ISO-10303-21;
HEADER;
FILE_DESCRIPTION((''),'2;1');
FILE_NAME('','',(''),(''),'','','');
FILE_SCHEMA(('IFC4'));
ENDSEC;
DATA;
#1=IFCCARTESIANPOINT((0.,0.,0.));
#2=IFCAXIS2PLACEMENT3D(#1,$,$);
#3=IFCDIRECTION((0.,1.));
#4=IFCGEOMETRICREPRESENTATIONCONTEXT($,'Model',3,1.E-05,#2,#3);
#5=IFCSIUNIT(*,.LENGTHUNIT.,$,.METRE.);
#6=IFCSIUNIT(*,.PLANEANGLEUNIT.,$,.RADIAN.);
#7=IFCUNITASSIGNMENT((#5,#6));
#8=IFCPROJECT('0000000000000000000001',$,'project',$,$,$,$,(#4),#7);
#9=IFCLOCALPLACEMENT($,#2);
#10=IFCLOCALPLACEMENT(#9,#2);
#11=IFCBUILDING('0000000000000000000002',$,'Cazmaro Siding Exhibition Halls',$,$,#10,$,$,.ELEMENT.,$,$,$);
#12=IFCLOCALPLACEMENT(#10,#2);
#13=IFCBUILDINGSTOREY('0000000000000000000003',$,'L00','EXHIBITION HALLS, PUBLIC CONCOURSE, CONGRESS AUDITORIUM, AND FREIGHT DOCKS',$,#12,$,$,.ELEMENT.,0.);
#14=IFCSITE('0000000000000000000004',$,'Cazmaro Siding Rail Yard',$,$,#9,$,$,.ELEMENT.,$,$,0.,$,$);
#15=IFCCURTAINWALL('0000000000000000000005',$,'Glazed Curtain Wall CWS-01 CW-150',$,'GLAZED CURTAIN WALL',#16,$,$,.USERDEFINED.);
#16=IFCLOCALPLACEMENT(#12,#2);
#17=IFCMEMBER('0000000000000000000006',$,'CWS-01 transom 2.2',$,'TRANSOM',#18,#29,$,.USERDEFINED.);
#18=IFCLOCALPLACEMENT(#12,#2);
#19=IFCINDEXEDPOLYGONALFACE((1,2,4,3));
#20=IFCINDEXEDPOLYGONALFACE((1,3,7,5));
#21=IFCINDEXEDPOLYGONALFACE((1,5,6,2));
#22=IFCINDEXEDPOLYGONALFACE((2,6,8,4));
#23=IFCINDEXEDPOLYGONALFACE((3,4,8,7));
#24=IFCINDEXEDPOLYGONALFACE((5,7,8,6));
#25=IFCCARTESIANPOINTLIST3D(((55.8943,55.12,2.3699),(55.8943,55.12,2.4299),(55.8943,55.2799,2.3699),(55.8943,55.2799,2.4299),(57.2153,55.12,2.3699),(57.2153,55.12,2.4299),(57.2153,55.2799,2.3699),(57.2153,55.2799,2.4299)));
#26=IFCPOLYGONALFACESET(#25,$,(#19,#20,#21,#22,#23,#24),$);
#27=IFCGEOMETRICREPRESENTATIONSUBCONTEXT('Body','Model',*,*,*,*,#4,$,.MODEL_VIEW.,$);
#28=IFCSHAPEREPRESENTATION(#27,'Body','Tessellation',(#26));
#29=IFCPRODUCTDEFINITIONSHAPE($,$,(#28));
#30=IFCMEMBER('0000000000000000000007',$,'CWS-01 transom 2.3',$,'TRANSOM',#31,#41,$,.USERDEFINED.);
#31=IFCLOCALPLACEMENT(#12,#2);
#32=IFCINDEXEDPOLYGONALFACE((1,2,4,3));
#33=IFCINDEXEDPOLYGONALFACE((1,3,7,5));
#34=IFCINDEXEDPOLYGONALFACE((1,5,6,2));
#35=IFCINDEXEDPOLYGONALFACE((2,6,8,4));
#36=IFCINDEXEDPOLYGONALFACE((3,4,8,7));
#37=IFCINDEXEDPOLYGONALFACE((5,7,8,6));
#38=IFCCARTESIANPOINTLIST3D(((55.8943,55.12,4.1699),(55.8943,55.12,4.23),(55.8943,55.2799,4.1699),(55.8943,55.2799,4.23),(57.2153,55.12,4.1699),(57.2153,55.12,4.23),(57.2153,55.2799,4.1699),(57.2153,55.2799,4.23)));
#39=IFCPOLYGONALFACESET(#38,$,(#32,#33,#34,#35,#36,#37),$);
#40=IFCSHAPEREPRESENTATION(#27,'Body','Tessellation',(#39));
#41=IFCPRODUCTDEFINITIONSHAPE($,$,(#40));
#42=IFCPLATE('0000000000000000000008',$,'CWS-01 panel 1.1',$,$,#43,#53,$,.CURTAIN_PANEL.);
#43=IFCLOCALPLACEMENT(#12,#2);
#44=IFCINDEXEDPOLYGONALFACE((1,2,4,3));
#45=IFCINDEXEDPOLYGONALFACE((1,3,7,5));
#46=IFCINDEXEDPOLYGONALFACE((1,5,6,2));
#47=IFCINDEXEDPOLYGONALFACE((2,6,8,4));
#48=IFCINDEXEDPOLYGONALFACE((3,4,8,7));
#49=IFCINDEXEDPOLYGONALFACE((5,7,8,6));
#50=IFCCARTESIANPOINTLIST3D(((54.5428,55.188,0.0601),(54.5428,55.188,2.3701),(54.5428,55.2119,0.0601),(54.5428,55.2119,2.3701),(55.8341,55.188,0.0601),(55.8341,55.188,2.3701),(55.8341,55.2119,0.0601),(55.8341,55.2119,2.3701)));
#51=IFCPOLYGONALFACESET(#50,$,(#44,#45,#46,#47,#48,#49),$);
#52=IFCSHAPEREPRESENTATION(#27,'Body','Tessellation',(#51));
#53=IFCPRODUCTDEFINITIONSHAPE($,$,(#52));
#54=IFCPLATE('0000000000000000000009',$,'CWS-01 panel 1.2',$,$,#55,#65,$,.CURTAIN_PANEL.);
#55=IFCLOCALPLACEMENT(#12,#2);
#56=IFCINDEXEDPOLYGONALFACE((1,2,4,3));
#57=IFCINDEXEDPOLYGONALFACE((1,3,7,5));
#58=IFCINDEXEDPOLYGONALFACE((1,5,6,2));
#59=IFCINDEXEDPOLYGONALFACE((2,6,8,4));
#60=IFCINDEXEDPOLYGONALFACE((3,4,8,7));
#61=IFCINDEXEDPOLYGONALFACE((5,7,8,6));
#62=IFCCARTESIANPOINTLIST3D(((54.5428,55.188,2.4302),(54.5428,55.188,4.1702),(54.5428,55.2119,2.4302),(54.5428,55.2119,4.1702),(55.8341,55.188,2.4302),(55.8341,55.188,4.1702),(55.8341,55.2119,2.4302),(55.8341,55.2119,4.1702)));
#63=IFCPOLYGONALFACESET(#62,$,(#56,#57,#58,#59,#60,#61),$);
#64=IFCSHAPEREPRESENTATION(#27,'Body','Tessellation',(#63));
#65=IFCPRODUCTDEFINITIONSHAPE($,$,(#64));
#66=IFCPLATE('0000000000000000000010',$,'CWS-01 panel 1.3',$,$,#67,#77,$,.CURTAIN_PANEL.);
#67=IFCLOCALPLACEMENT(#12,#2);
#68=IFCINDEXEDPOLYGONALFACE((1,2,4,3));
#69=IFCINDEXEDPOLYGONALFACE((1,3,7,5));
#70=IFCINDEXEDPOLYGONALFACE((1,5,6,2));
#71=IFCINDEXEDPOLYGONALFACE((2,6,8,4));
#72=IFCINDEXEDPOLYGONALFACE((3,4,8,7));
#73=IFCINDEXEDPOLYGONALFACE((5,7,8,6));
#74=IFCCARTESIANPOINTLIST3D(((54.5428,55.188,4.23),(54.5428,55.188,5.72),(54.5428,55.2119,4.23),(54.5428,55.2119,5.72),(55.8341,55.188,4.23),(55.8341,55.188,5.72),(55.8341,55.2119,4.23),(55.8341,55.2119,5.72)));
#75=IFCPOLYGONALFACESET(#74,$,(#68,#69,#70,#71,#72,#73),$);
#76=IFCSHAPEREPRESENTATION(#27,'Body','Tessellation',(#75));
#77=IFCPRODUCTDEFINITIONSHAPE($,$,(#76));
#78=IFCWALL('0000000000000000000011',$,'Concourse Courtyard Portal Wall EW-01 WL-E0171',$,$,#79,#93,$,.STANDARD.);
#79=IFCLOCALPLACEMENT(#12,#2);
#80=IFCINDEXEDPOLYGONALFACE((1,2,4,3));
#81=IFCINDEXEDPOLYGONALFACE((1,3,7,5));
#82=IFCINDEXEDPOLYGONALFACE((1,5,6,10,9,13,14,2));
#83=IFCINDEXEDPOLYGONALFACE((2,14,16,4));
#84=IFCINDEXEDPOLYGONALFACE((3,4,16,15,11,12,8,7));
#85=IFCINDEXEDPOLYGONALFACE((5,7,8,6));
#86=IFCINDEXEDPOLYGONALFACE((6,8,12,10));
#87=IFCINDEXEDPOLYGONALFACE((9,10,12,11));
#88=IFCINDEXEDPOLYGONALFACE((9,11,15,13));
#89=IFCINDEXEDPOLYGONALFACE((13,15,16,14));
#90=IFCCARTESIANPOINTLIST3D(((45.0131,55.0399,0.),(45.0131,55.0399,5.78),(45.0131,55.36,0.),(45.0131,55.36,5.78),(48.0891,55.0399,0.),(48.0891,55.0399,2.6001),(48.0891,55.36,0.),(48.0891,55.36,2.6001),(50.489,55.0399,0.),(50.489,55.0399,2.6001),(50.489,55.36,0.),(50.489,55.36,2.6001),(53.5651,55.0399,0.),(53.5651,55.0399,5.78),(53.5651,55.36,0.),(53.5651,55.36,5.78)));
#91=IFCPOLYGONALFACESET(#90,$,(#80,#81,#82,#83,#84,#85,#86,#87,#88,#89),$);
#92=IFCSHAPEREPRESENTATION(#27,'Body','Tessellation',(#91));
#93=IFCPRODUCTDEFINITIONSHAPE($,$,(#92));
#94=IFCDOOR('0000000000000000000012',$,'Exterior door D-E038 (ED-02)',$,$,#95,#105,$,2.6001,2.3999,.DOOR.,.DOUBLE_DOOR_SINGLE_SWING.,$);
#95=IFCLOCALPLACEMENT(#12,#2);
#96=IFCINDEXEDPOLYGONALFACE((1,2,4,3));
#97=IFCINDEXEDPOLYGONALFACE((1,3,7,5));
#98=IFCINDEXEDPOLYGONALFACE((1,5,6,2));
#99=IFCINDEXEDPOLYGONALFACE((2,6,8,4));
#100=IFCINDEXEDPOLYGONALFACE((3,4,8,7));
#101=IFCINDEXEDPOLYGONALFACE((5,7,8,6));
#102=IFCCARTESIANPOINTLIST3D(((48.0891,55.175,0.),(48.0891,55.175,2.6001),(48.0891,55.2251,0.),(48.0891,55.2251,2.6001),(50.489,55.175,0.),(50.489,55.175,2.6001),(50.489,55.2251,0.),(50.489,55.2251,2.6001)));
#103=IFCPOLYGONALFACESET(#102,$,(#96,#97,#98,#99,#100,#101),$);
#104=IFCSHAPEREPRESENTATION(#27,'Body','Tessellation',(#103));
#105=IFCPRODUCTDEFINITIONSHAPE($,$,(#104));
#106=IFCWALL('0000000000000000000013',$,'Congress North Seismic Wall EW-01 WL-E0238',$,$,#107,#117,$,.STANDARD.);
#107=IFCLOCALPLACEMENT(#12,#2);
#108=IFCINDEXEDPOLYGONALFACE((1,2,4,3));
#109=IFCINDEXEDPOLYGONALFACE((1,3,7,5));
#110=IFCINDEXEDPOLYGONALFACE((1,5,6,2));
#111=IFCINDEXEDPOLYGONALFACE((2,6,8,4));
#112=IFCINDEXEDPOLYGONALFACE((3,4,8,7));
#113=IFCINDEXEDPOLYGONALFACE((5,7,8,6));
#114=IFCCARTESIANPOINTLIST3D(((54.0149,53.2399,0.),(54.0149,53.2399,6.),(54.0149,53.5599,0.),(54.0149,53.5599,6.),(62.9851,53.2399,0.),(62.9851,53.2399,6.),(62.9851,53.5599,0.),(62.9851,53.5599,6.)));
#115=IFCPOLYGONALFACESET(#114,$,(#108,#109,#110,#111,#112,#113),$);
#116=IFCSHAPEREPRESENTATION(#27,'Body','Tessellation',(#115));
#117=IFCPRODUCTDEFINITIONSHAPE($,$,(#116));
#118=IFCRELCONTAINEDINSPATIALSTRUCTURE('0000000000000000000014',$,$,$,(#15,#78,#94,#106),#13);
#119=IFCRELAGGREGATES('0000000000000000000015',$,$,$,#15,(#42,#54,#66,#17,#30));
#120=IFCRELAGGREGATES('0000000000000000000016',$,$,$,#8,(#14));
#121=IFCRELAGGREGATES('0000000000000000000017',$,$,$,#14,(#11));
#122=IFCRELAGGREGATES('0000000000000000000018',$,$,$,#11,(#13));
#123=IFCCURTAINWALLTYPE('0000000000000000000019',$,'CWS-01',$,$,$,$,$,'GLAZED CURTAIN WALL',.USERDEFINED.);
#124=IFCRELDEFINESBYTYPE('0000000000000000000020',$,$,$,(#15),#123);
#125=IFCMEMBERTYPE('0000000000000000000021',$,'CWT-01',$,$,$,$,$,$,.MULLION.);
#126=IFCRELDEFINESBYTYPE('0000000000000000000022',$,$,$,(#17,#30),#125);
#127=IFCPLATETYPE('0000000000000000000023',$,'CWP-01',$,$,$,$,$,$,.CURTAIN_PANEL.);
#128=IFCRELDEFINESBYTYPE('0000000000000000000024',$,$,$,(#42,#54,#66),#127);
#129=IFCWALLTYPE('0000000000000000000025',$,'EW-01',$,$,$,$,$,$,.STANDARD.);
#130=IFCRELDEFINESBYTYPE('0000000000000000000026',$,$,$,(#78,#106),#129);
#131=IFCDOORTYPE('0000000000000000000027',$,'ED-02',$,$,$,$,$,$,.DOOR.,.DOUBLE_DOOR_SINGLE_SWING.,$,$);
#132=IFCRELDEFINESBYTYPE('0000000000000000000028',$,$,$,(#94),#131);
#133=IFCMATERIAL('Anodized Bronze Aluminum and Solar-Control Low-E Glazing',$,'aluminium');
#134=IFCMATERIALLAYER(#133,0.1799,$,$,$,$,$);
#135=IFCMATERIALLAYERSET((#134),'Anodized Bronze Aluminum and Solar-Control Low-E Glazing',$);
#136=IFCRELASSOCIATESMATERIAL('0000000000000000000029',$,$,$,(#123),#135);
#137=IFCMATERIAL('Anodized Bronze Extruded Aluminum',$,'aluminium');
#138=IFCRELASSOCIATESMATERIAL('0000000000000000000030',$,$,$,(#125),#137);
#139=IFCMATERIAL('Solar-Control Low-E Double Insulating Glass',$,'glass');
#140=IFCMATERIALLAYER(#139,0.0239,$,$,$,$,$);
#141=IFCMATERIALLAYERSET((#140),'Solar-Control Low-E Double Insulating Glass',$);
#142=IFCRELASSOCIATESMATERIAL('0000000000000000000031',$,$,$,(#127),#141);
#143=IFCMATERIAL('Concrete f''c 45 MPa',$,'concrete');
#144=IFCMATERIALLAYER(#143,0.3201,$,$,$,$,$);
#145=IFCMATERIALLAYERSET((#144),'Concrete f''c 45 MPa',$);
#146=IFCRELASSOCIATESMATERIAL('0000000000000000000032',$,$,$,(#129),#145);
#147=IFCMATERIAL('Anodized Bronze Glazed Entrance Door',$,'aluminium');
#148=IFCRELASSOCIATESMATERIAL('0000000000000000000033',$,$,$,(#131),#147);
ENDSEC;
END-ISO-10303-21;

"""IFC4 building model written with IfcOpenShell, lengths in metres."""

from ifc_helpers import new_model, si_unit, direction, frame, frame_2d, origin, origin_2d, place, context, subcontext, project, spatial, rectangle, extrude, material, layer, layer_set, material_profile, profile_set, type_object, element, fill, aggregate, save


model = new_model("IFC4")

# Units and contexts
model_context = context("Model", 3, precision=1e-05, world=origin(), true_north=direction((0.0, 1.0)))
body_context = subcontext(model_context, "Body", "Model", "MODEL_VIEW")
ifc_project = project(units=[si_unit("LENGTHUNIT", "METRE"), si_unit("PLANEANGLEUNIT", "RADIAN")], contexts=[model_context])

# Site, building, storey
site_placement = place(None, origin())
site = spatial("IfcSite", under=ifc_project, at=site_placement, Name="Cazmaro Siding Rail Yard", CompositionType="ELEMENT", RefElevation=0.0)
building_placement = place(site_placement, origin())
building = spatial("IfcBuilding", under=site, at=building_placement, Name="Cazmaro Siding Exhibition Halls", CompositionType="ELEMENT")
storey_placement = place(building_placement, origin())
storey = spatial("IfcBuildingStorey", under=building, at=storey_placement, Name="L00", Description="EXHIBITION HALLS, PUBLIC CONCOURSE, CONGRESS AUDITORIUM, AND FREIGHT DOCKS", CompositionType="ELEMENT", Elevation=0.0)

# Curtain wall, members, plates
ifc_material_1 = material(Name="Anodized Bronze Aluminum and Solar-Control Low-E Glazing", Category="aluminium")
ifc_layer_1 = layer(ifc_material_1, 0.1799)
ifc_layer_set_1 = layer_set([ifc_layer_1], Name="Anodized Bronze Aluminum and Solar-Control Low-E Glazing")
curtain_wall_type = type_object("IfcCurtainWallType", Name="CWS-01", ElementType="GLAZED CURTAIN WALL", PredefinedType="USERDEFINED", material=ifc_layer_set_1)
curtain_wall_placement = place(storey_placement, origin())
curtain_wall = element("IfcCurtainWall", 1, at=curtain_wall_placement, inside=storey, type_object=curtain_wall_type, Name="Glazed Curtain Wall CWS-01 CW-150", ObjectType="GLAZED CURTAIN WALL", PredefinedType="USERDEFINED")
ifc_material_2 = material(Name="Anodized Bronze Extruded Aluminum", Category="aluminium")
ifc_material_profile_1 = material_profile(ifc_material_2, rectangle(XDim=0.1599, YDim=0.0601, at=origin_2d()), Name="CWT-01")
ifc_profile_set_1 = profile_set([ifc_material_profile_1], Name="Anodized Bronze Extruded Aluminum")
member_type_1 = type_object("IfcMemberType", Name="CWT-01", PredefinedType="MULLION", material=ifc_profile_set_1)
member_1_placement = place(storey_placement, frame((55.8943, 55.2, 2.3999), z_axis=(1.0, 0.0, 0.0), x_axis=(0.0, 1.0, 0.0)))
member_1 = element("IfcMember", 2, at=member_1_placement, type_object=member_type_1, Name="CWS-01 transom 2.2", ObjectType="TRANSOM", PredefinedType="USERDEFINED", context=body_context, shape_type="SweptSolid", body=[
    extrude(rectangle(XDim=0.1599, YDim=0.0601, at=origin_2d()), origin(), (0.0, 0.0, 1.0), 1.321),
])
member_2_placement = place(storey_placement, frame((55.8943, 55.2, 4.2), z_axis=(1.0, 0.0, 0.0), x_axis=(0.0, 1.0, 0.0)))
member_2 = element("IfcMember", 3, at=member_2_placement, type_object=member_type_1, Name="CWS-01 transom 2.3", ObjectType="TRANSOM", PredefinedType="USERDEFINED", context=body_context, shape_type="SweptSolid", body=[
    extrude(rectangle(XDim=0.1599, YDim=0.0601, at=origin_2d()), origin(), (0.0, 0.0, 1.0), 1.321),
])
ifc_material_3 = material(Name="Solar-Control Low-E Double Insulating Glass", Category="glass")
ifc_layer_2 = layer(ifc_material_3, 0.0239)
ifc_layer_set_2 = layer_set([ifc_layer_2], Name="Solar-Control Low-E Double Insulating Glass")
plate_type = type_object("IfcPlateType", Name="CWP-01", PredefinedType="CURTAIN_PANEL", material=ifc_layer_set_2)
plate_1_placement = place(storey_placement, frame((55.1885, 55.2, 0.0601), z_axis=(0.0, 0.0, 1.0), x_axis=(1.0, 0.0, 0.0)))
plate_1 = element("IfcPlate", 4, at=plate_1_placement, type_object=plate_type, Name="CWS-01 panel 1.1", PredefinedType="CURTAIN_PANEL", context=body_context, shape_type="SweptSolid", body=[
    extrude(rectangle(XDim=1.2913, YDim=0.0239, at=origin_2d()), origin(), (0.0, 0.0, 1.0), 2.3101),
])
plate_2_placement = place(storey_placement, frame((55.1885, 55.2, 2.4302), z_axis=(0.0, 0.0, 1.0), x_axis=(1.0, 0.0, 0.0)))
plate_2 = element("IfcPlate", 5, at=plate_2_placement, type_object=plate_type, Name="CWS-01 panel 1.2", PredefinedType="CURTAIN_PANEL", context=body_context, shape_type="SweptSolid", body=[
    extrude(rectangle(XDim=1.2913, YDim=0.0239, at=origin_2d()), origin(), (0.0, 0.0, 1.0), 1.74),
])
plate_3_placement = place(storey_placement, frame((55.1885, 55.2, 4.23), z_axis=(0.0, 0.0, 1.0), x_axis=(1.0, 0.0, 0.0)))
plate_3 = element("IfcPlate", 6, at=plate_3_placement, type_object=plate_type, Name="CWS-01 panel 1.3", PredefinedType="CURTAIN_PANEL", context=body_context, shape_type="SweptSolid", body=[
    extrude(rectangle(XDim=1.2913, YDim=0.0239, at=origin_2d()), origin(), (0.0, 0.0, 1.0), 1.49),
])
aggregate(curtain_wall, [plate_1, plate_2, plate_3, member_1, member_2])

# Wall, opening, door
ifc_material_4 = material(Name="Concrete f'c 45 MPa", Category="concrete")
ifc_layer_3 = layer(ifc_material_4, 0.3201)
ifc_layer_set_3 = layer_set([ifc_layer_3], Name="Concrete f'c 45 MPa")
wall_type = type_object("IfcWallType", Name="EW-01", PredefinedType="STANDARD", material=ifc_layer_set_3)
wall_1_placement = place(storey_placement, frame((53.5649, 55.2, 0.0), z_axis=(0.0, 0.0, 1.0), x_axis=(-1.0, 0.0, 0.0)))
wall_1 = element("IfcWall", 7, at=wall_1_placement, inside=storey, type_object=wall_type, Name="Concourse Courtyard Portal Wall EW-01 WL-E0171", PredefinedType="STANDARD", context=body_context, shape_type="SweptSolid", body=[
    extrude(rectangle(XDim=8.552, YDim=0.3201, at=frame_2d((4.2759, 0.0))), origin(), (0.0, 0.0, 1.0), 5.78),
])
opening_placement = place(wall_1_placement, frame((3.0759, 0.0, 0.0)))
opening = element("IfcOpeningElement", 8, at=opening_placement, cuts=wall_1, PredefinedType="OPENING", context=body_context, shape_type="SweptSolid", body=[
    extrude(rectangle(XDim=2.3999, YDim=2.6001, at=frame_2d((1.2, 1.3))), frame((0.0, 0.1699, 0.0), z_axis=(0.0, -1.0, 0.0), x_axis=(1.0, 0.0, 0.0)), (0.0, 0.0, 1.0), 0.3401),
])
ifc_material_5 = material(Name="Anodized Bronze Glazed Entrance Door", Category="aluminium")
door_type = type_object("IfcDoorType", Name="ED-02", OperationType="DOUBLE_DOOR_SINGLE_SWING", PredefinedType="DOOR", material=ifc_material_5)
door_placement = place(opening_placement, origin())
door = element("IfcDoor", 9, at=door_placement, inside=storey, type_object=door_type, Name="Exterior door D-E038 (ED-02)", OperationType="DOUBLE_DOOR_SINGLE_SWING", OverallHeight=2.6001, OverallWidth=2.3999, PredefinedType="DOOR", context=body_context, shape_type="SweptSolid", body=[
    extrude(rectangle(XDim=2.3999, YDim=2.6001, at=frame_2d((1.2, 1.3))), frame((0.0, 0.0249, 0.0), z_axis=(0.0, -1.0, 0.0), x_axis=(1.0, 0.0, 0.0)), (0.0, 0.0, 1.0), 0.05),
])
fill(opening, door)

# Wall
wall_2_placement = place(storey_placement, frame((54.0149, 53.3999, 0.0), z_axis=(0.0, 0.0, 1.0), x_axis=(1.0, 0.0, 0.0)))
element("IfcWall", 10, at=wall_2_placement, inside=storey, type_object=wall_type, Name="Congress North Seismic Wall EW-01 WL-E0238", PredefinedType="STANDARD", context=body_context, shape_type="SweptSolid", body=[
    extrude(rectangle(XDim=8.9702, YDim=0.3201, at=frame_2d((4.4851, 0.0))), origin(), (0.0, 0.0, 1.0), 6.0),
])

save(model, "model.ifc")
